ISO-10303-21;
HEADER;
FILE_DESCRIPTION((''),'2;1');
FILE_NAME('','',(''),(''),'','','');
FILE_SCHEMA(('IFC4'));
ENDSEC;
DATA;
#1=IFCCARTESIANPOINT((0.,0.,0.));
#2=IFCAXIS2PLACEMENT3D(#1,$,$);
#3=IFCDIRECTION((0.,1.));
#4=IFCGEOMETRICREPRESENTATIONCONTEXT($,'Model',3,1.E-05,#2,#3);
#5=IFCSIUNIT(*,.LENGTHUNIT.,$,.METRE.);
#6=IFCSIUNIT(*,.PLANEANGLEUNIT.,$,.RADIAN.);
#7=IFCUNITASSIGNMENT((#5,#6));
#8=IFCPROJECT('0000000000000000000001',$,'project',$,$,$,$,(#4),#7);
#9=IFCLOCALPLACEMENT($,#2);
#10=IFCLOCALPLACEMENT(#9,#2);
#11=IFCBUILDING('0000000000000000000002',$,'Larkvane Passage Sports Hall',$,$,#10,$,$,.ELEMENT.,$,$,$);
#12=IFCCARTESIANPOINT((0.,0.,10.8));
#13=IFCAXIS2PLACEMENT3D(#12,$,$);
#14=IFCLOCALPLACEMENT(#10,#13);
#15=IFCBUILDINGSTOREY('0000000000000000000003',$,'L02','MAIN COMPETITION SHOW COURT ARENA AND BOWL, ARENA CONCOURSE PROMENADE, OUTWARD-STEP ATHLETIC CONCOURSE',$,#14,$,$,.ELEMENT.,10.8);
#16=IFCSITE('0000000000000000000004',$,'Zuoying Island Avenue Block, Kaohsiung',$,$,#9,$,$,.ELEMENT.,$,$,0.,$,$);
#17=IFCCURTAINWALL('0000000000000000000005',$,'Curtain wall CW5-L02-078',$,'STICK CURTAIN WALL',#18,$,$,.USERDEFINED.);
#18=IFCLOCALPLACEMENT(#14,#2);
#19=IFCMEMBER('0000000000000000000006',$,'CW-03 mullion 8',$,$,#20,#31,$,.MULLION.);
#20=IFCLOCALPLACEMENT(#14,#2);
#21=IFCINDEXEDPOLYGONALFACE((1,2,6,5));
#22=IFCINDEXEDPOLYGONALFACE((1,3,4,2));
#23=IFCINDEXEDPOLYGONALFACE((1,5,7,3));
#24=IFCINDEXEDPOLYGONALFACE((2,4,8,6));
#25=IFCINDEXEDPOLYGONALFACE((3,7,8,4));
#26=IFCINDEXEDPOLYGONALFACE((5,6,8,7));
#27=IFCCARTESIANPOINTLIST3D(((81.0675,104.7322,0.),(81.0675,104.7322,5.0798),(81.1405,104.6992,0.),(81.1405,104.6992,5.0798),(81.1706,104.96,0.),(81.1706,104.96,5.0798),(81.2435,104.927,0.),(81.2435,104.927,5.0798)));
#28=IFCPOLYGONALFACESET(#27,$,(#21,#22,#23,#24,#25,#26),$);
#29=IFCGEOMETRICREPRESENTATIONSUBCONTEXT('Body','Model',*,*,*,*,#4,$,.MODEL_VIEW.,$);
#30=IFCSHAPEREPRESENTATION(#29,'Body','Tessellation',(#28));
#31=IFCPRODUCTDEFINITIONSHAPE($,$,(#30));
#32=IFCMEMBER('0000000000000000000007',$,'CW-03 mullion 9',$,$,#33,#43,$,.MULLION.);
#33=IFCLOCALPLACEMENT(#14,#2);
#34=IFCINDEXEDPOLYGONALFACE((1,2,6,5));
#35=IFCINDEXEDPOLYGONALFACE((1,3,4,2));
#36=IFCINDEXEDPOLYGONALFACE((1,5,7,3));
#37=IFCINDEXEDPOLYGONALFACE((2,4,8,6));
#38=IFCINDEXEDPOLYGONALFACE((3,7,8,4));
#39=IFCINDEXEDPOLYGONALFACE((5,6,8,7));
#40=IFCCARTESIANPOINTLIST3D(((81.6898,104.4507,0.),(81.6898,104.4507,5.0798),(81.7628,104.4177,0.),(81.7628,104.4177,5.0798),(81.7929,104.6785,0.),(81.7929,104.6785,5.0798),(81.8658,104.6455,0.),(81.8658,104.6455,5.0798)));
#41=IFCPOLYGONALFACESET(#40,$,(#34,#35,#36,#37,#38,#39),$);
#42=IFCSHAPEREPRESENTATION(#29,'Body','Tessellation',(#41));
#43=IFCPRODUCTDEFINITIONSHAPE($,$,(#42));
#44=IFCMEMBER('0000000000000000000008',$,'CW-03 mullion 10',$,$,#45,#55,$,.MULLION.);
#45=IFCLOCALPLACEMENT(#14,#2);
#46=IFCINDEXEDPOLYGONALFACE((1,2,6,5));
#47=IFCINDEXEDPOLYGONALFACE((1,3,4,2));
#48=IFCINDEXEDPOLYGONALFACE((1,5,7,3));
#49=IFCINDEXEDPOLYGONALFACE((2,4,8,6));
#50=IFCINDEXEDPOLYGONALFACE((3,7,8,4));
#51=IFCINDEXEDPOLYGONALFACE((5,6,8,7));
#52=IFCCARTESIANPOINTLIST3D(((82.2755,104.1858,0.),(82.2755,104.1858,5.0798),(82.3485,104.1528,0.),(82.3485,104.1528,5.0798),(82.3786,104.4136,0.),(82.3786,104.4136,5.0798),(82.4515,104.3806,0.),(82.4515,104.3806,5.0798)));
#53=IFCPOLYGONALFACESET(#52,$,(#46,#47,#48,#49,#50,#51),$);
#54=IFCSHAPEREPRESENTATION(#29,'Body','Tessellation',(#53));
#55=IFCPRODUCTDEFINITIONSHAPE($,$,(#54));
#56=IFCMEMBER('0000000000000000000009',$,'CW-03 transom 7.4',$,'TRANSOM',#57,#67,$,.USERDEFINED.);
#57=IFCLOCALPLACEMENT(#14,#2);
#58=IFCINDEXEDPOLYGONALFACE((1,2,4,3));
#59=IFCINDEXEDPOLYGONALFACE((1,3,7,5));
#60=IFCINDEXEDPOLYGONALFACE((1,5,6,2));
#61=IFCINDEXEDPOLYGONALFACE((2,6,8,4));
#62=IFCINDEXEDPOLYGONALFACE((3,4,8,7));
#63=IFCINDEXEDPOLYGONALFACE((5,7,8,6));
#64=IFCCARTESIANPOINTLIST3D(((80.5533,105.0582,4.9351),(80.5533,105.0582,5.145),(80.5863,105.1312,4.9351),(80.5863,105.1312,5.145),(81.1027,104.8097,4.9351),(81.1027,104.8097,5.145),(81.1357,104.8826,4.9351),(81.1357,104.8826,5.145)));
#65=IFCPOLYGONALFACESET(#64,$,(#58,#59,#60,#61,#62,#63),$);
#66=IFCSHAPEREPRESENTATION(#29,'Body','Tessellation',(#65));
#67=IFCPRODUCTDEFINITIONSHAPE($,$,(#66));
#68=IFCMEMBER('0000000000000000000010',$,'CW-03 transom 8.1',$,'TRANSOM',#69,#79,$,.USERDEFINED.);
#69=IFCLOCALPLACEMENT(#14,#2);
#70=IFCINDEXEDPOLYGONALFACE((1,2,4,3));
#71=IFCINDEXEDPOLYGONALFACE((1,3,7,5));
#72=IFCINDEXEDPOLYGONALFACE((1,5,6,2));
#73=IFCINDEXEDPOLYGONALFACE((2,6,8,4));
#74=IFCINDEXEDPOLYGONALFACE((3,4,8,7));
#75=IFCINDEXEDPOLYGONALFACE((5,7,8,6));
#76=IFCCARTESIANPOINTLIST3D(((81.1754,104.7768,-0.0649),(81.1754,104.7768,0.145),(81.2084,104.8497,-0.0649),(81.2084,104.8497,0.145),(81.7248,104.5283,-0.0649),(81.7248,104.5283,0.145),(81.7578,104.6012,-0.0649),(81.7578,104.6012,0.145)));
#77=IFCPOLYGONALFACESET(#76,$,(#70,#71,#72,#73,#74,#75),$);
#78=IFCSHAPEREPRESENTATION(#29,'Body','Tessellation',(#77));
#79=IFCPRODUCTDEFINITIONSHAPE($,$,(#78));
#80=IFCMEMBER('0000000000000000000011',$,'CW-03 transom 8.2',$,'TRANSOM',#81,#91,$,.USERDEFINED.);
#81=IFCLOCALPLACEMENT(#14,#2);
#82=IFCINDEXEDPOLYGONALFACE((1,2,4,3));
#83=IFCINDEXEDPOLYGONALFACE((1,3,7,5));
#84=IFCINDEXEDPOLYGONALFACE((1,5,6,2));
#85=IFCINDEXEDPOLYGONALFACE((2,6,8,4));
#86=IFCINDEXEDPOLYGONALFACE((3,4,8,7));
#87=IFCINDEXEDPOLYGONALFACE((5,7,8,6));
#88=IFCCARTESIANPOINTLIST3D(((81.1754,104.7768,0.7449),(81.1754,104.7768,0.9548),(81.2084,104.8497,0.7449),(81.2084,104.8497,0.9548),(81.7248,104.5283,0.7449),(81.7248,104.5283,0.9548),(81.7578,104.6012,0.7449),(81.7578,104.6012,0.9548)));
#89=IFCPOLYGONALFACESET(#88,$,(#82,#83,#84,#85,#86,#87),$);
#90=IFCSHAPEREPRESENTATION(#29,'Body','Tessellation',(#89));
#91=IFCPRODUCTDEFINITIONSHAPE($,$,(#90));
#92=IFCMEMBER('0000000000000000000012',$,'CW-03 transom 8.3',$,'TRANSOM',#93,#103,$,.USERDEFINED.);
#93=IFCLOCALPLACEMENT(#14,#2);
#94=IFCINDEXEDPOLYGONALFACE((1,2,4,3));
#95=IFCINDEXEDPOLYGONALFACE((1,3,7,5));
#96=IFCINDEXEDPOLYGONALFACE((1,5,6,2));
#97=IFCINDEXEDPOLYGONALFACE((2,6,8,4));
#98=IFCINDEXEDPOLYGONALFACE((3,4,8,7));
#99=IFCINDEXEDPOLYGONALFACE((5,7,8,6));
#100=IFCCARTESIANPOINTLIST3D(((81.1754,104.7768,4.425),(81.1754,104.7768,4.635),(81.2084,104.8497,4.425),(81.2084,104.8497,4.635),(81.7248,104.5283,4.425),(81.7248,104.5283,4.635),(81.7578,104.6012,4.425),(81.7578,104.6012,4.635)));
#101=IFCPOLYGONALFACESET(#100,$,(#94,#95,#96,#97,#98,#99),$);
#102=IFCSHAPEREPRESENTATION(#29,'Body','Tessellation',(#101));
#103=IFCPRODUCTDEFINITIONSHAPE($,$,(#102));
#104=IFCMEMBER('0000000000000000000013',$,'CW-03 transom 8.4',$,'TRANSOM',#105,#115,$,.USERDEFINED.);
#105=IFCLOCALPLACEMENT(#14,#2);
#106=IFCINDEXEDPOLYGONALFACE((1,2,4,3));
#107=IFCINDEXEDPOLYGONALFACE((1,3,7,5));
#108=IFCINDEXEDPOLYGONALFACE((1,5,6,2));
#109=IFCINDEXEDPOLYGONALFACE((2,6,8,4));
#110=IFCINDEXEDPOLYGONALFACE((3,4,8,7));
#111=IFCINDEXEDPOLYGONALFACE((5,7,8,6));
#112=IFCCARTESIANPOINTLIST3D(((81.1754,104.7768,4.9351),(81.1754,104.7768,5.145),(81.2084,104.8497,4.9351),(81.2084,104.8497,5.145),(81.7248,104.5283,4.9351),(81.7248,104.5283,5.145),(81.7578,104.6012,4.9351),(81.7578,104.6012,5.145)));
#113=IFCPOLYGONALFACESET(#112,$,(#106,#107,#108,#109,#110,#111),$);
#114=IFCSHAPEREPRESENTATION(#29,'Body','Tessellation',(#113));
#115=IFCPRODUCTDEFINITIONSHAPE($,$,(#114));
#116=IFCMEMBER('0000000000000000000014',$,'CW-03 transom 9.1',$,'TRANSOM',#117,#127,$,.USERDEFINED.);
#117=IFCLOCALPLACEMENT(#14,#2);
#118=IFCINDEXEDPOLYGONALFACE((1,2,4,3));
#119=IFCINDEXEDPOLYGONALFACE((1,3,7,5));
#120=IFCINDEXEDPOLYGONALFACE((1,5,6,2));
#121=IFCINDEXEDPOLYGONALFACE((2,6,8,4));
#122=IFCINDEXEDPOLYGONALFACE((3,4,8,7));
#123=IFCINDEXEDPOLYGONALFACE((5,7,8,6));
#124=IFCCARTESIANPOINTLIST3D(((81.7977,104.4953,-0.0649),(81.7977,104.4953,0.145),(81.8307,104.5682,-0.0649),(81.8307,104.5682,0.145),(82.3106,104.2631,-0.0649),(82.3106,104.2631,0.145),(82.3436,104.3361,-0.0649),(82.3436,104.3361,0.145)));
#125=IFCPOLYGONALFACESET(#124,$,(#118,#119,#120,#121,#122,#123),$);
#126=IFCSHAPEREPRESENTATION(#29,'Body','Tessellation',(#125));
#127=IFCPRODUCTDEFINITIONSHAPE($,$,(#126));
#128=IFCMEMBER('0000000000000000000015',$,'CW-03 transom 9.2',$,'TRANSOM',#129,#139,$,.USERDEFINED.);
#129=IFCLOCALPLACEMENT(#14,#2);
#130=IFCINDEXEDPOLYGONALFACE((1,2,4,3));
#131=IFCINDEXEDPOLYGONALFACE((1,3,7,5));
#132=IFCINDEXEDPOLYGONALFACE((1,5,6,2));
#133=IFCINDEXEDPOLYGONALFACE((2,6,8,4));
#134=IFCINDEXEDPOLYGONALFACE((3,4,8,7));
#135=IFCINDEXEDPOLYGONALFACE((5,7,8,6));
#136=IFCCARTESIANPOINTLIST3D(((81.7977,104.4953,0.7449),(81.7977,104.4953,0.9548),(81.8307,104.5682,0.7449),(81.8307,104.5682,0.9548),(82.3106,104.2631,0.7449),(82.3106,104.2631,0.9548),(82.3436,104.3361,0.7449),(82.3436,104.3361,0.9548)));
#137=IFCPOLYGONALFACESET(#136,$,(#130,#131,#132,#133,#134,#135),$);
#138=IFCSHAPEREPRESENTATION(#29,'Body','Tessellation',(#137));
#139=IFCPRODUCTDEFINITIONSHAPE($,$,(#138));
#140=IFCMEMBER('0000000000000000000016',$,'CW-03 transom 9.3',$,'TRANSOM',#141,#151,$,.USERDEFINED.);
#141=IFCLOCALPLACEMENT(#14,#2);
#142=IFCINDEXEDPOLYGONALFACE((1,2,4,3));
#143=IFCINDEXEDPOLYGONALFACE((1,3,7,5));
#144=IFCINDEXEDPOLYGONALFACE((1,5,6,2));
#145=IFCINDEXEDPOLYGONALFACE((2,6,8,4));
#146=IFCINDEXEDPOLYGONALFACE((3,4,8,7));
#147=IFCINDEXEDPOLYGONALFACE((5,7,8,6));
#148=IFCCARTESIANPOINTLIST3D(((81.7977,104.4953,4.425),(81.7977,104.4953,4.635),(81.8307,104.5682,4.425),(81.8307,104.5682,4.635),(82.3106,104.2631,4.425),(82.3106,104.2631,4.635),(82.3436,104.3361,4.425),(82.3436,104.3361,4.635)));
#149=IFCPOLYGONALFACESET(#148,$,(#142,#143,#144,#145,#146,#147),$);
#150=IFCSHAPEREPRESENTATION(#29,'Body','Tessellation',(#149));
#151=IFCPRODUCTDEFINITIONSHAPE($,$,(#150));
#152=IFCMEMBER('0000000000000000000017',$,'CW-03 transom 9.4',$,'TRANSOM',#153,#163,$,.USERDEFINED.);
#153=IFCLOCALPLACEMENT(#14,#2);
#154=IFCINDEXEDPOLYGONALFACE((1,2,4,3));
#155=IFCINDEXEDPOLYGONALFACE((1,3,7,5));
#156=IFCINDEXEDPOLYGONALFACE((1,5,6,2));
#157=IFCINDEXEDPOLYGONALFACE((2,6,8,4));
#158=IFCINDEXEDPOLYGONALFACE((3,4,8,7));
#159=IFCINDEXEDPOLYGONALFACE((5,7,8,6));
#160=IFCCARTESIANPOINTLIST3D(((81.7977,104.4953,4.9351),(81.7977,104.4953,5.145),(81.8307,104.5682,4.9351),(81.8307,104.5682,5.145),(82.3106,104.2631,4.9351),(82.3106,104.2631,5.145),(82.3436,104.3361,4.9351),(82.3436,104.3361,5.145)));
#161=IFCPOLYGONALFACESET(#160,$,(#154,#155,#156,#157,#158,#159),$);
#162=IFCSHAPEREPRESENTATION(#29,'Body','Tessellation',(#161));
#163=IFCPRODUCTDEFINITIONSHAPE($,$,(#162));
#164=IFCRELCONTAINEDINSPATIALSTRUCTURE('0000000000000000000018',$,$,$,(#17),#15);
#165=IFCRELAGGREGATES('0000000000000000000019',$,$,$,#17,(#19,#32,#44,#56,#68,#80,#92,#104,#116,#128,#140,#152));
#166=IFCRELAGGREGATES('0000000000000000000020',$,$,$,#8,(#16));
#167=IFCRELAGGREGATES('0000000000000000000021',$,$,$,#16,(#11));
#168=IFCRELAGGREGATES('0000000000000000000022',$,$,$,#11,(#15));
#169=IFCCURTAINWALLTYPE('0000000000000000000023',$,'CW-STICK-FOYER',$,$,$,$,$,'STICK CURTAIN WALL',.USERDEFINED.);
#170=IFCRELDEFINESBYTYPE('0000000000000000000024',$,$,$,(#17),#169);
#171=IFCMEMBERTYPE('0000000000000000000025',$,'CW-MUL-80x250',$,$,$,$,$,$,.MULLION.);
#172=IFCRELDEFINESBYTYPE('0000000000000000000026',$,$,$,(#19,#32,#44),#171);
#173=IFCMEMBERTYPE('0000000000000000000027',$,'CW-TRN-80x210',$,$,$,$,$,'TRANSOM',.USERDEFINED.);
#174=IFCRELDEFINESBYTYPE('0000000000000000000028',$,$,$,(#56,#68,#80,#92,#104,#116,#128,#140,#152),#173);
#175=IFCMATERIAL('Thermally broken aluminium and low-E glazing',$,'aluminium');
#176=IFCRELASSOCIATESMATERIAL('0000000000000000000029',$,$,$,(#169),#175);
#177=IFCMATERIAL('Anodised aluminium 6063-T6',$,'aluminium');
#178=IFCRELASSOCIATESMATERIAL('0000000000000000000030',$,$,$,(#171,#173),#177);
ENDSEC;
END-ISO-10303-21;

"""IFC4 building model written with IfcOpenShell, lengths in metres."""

from ifc_helpers import new_model, si_unit, direction, frame, origin, origin_2d, place, context, subcontext, project, spatial, rectangle, extrude, material, material_profile, profile_set, type_object, element, aggregate, save


model = new_model("IFC4")

# Units and contexts
model_context = context("Model", 3, precision=1e-05, world=origin(), true_north=direction((0.0, 1.0)))
body_context = subcontext(model_context, "Body", "Model", "MODEL_VIEW")
ifc_project = project(units=[si_unit("LENGTHUNIT", "METRE"), si_unit("PLANEANGLEUNIT", "RADIAN")], contexts=[model_context])

# Site, building, storey
site_placement = place(None, origin())
site = spatial("IfcSite", under=ifc_project, at=site_placement, Name="Zuoying Island Avenue Block, Kaohsiung", CompositionType="ELEMENT", RefElevation=0.0)
building_placement = place(site_placement, origin())
building = spatial("IfcBuilding", under=site, at=building_placement, Name="Larkvane Passage Sports Hall", CompositionType="ELEMENT")
storey_placement = place(building_placement, frame((0.0, 0.0, 10.8)))
storey = spatial("IfcBuildingStorey", under=building, at=storey_placement, Name="L02", Description="MAIN COMPETITION SHOW COURT ARENA AND BOWL, ARENA CONCOURSE PROMENADE, OUTWARD-STEP ATHLETIC CONCOURSE", CompositionType="ELEMENT", Elevation=10.8)

# Curtain wall, members
ifc_material_1 = material(Name="Thermally broken aluminium and low-E glazing", Category="aluminium")
curtain_wall_type = type_object("IfcCurtainWallType", Name="CW-STICK-FOYER", ElementType="STICK CURTAIN WALL", PredefinedType="USERDEFINED", material=ifc_material_1)
curtain_wall_placement = place(storey_placement, origin())
curtain_wall = element("IfcCurtainWall", 1, at=curtain_wall_placement, inside=storey, type_object=curtain_wall_type, Name="Curtain wall CW5-L02-078", ObjectType="STICK CURTAIN WALL", PredefinedType="USERDEFINED")
ifc_material_2 = material(Name="Anodised aluminium 6063-T6", Category="aluminium")
ifc_material_profile_1 = material_profile(ifc_material_2, rectangle(XDim=0.0801, YDim=0.25, at=origin_2d()), Name="ALU-MUL-80x250")
ifc_profile_set_1 = profile_set([ifc_material_profile_1], Name="Anodised aluminium 6063-T6")
member_type_1 = type_object("IfcMemberType", Name="CW-MUL-80x250", PredefinedType="MULLION", material=ifc_profile_set_1)
member_1_placement = place(storey_placement, frame((81.1555, 104.8296, 0.0), z_axis=(0.0, 0.0, 1.0), x_axis=(0.91111, -0.412163, 0.0)))
member_1 = element("IfcMember", 2, at=member_1_placement, type_object=member_type_1, Name="CW-03 mullion 8", PredefinedType="MULLION", context=body_context, shape_type="SweptSolid", body=[
    extrude(rectangle(XDim=0.0801, YDim=0.25, at=origin_2d()), origin(), (0.0, 0.0, 1.0), 5.0798),
])
member_2_placement = place(storey_placement, frame((81.7778, 104.5481, 0.0), z_axis=(0.0, 0.0, 1.0), x_axis=(0.91111, -0.412163, 0.0)))
member_2 = element("IfcMember", 3, at=member_2_placement, type_object=member_type_1, Name="CW-03 mullion 9", PredefinedType="MULLION", context=body_context, shape_type="SweptSolid", body=[
    extrude(rectangle(XDim=0.0801, YDim=0.25, at=origin_2d()), origin(), (0.0, 0.0, 1.0), 5.0798),
])
member_3_placement = place(storey_placement, frame((82.3635, 104.2832, 0.0), z_axis=(0.0, 0.0, 1.0), x_axis=(0.91111, -0.412163, 0.0)))
member_3 = element("IfcMember", 4, at=member_3_placement, type_object=member_type_1, Name="CW-03 mullion 10", PredefinedType="MULLION", context=body_context, shape_type="SweptSolid", body=[
    extrude(rectangle(XDim=0.0801, YDim=0.25, at=origin_2d()), origin(), (0.0, 0.0, 1.0), 5.0798),
])
ifc_material_profile_2 = material_profile(ifc_material_2, rectangle(XDim=0.0801, YDim=0.21, at=origin_2d()), Name="ALU-TRN-80x210")
ifc_profile_set_2 = profile_set([ifc_material_profile_2], Name="Anodised aluminium 6063-T6")
member_type_2 = type_object("IfcMemberType", Name="CW-TRN-80x210", ElementType="TRANSOM", PredefinedType="USERDEFINED", material=ifc_profile_set_2)
member_4_placement = place(storey_placement, frame((80.5698, 105.0947, 5.04), z_axis=(0.911086, -0.412216, 0.0), x_axis=(0.412216, 0.911086, 0.0)))
member_4 = element("IfcMember", 5, at=member_4_placement, type_object=member_type_2, Name="CW-03 transom 7.4", ObjectType="TRANSOM", PredefinedType="USERDEFINED", context=body_context, shape_type="SweptSolid", body=[
    extrude(rectangle(XDim=0.0801, YDim=0.21, at=origin_2d()), origin(), (0.0, 0.0, 1.0), 0.603),
])
member_5_placement = place(storey_placement, frame((81.1919, 104.8132, 0.04), z_axis=(0.911155, -0.412064, 0.0), x_axis=(0.412064, 0.911155, 0.0)))
member_5 = element("IfcMember", 6, at=member_5_placement, type_object=member_type_2, Name="CW-03 transom 8.1", ObjectType="TRANSOM", PredefinedType="USERDEFINED", context=body_context, shape_type="SweptSolid", body=[
    extrude(rectangle(XDim=0.0801, YDim=0.21, at=origin_2d()), origin(), (0.0, 0.0, 1.0), 0.603),
])
member_6_placement = place(storey_placement, frame((81.1919, 104.8132, 0.8499), z_axis=(0.911155, -0.412064, 0.0), x_axis=(0.412064, 0.911155, 0.0)))
member_6 = element("IfcMember", 7, at=member_6_placement, type_object=member_type_2, Name="CW-03 transom 8.2", ObjectType="TRANSOM", PredefinedType="USERDEFINED", context=body_context, shape_type="SweptSolid", body=[
    extrude(rectangle(XDim=0.0801, YDim=0.21, at=origin_2d()), origin(), (0.0, 0.0, 1.0), 0.603),
])
member_7_placement = place(storey_placement, frame((81.1919, 104.8132, 4.53), z_axis=(0.911155, -0.412064, 0.0), x_axis=(0.412064, 0.911155, 0.0)))
member_7 = element("IfcMember", 8, at=member_7_placement, type_object=member_type_2, Name="CW-03 transom 8.3", ObjectType="TRANSOM", PredefinedType="USERDEFINED", context=body_context, shape_type="SweptSolid", body=[
    extrude(rectangle(XDim=0.0801, YDim=0.21, at=origin_2d()), origin(), (0.0, 0.0, 1.0), 0.603),
])
member_8_placement = place(storey_placement, frame((81.1919, 104.8132, 5.04), z_axis=(0.911155, -0.412064, 0.0), x_axis=(0.412064, 0.911155, 0.0)))
member_8 = element("IfcMember", 9, at=member_8_placement, type_object=member_type_2, Name="CW-03 transom 8.4", ObjectType="TRANSOM", PredefinedType="USERDEFINED", context=body_context, shape_type="SweptSolid", body=[
    extrude(rectangle(XDim=0.0801, YDim=0.21, at=origin_2d()), origin(), (0.0, 0.0, 1.0), 0.603),
])
member_9_placement = place(storey_placement, frame((81.8142, 104.5317, 0.04), z_axis=(0.911019, -0.412365, 0.0), x_axis=(0.412365, 0.911019, 0.0)))
member_9 = element("IfcMember", 10, at=member_9_placement, type_object=member_type_2, Name="CW-03 transom 9.1", ObjectType="TRANSOM", PredefinedType="USERDEFINED", context=body_context, shape_type="SweptSolid", body=[
    extrude(rectangle(XDim=0.0801, YDim=0.21, at=origin_2d()), origin(), (0.0, 0.0, 1.0), 0.563),
])
member_10_placement = place(storey_placement, frame((81.8142, 104.5317, 0.8499), z_axis=(0.911019, -0.412365, 0.0), x_axis=(0.412365, 0.911019, 0.0)))
member_10 = element("IfcMember", 11, at=member_10_placement, type_object=member_type_2, Name="CW-03 transom 9.2", ObjectType="TRANSOM", PredefinedType="USERDEFINED", context=body_context, shape_type="SweptSolid", body=[
    extrude(rectangle(XDim=0.0801, YDim=0.21, at=origin_2d()), origin(), (0.0, 0.0, 1.0), 0.563),
])
member_11_placement = place(storey_placement, frame((81.8142, 104.5317, 4.53), z_axis=(0.911019, -0.412365, 0.0), x_axis=(0.412365, 0.911019, 0.0)))
member_11 = element("IfcMember", 12, at=member_11_placement, type_object=member_type_2, Name="CW-03 transom 9.3", ObjectType="TRANSOM", PredefinedType="USERDEFINED", context=body_context, shape_type="SweptSolid", body=[
    extrude(rectangle(XDim=0.0801, YDim=0.21, at=origin_2d()), origin(), (0.0, 0.0, 1.0), 0.563),
])
member_12_placement = place(storey_placement, frame((81.8142, 104.5317, 5.04), z_axis=(0.911019, -0.412365, 0.0), x_axis=(0.412365, 0.911019, 0.0)))
member_12 = element("IfcMember", 13, at=member_12_placement, type_object=member_type_2, Name="CW-03 transom 9.4", ObjectType="TRANSOM", PredefinedType="USERDEFINED", context=body_context, shape_type="SweptSolid", body=[
    extrude(rectangle(XDim=0.0801, YDim=0.21, at=origin_2d()), origin(), (0.0, 0.0, 1.0), 0.563),
])

aggregate(curtain_wall, [member_1, member_2, member_3, member_4, member_5, member_6, member_7, member_8, member_9, member_10, member_11, member_12])

save(model, "model.ifc")
